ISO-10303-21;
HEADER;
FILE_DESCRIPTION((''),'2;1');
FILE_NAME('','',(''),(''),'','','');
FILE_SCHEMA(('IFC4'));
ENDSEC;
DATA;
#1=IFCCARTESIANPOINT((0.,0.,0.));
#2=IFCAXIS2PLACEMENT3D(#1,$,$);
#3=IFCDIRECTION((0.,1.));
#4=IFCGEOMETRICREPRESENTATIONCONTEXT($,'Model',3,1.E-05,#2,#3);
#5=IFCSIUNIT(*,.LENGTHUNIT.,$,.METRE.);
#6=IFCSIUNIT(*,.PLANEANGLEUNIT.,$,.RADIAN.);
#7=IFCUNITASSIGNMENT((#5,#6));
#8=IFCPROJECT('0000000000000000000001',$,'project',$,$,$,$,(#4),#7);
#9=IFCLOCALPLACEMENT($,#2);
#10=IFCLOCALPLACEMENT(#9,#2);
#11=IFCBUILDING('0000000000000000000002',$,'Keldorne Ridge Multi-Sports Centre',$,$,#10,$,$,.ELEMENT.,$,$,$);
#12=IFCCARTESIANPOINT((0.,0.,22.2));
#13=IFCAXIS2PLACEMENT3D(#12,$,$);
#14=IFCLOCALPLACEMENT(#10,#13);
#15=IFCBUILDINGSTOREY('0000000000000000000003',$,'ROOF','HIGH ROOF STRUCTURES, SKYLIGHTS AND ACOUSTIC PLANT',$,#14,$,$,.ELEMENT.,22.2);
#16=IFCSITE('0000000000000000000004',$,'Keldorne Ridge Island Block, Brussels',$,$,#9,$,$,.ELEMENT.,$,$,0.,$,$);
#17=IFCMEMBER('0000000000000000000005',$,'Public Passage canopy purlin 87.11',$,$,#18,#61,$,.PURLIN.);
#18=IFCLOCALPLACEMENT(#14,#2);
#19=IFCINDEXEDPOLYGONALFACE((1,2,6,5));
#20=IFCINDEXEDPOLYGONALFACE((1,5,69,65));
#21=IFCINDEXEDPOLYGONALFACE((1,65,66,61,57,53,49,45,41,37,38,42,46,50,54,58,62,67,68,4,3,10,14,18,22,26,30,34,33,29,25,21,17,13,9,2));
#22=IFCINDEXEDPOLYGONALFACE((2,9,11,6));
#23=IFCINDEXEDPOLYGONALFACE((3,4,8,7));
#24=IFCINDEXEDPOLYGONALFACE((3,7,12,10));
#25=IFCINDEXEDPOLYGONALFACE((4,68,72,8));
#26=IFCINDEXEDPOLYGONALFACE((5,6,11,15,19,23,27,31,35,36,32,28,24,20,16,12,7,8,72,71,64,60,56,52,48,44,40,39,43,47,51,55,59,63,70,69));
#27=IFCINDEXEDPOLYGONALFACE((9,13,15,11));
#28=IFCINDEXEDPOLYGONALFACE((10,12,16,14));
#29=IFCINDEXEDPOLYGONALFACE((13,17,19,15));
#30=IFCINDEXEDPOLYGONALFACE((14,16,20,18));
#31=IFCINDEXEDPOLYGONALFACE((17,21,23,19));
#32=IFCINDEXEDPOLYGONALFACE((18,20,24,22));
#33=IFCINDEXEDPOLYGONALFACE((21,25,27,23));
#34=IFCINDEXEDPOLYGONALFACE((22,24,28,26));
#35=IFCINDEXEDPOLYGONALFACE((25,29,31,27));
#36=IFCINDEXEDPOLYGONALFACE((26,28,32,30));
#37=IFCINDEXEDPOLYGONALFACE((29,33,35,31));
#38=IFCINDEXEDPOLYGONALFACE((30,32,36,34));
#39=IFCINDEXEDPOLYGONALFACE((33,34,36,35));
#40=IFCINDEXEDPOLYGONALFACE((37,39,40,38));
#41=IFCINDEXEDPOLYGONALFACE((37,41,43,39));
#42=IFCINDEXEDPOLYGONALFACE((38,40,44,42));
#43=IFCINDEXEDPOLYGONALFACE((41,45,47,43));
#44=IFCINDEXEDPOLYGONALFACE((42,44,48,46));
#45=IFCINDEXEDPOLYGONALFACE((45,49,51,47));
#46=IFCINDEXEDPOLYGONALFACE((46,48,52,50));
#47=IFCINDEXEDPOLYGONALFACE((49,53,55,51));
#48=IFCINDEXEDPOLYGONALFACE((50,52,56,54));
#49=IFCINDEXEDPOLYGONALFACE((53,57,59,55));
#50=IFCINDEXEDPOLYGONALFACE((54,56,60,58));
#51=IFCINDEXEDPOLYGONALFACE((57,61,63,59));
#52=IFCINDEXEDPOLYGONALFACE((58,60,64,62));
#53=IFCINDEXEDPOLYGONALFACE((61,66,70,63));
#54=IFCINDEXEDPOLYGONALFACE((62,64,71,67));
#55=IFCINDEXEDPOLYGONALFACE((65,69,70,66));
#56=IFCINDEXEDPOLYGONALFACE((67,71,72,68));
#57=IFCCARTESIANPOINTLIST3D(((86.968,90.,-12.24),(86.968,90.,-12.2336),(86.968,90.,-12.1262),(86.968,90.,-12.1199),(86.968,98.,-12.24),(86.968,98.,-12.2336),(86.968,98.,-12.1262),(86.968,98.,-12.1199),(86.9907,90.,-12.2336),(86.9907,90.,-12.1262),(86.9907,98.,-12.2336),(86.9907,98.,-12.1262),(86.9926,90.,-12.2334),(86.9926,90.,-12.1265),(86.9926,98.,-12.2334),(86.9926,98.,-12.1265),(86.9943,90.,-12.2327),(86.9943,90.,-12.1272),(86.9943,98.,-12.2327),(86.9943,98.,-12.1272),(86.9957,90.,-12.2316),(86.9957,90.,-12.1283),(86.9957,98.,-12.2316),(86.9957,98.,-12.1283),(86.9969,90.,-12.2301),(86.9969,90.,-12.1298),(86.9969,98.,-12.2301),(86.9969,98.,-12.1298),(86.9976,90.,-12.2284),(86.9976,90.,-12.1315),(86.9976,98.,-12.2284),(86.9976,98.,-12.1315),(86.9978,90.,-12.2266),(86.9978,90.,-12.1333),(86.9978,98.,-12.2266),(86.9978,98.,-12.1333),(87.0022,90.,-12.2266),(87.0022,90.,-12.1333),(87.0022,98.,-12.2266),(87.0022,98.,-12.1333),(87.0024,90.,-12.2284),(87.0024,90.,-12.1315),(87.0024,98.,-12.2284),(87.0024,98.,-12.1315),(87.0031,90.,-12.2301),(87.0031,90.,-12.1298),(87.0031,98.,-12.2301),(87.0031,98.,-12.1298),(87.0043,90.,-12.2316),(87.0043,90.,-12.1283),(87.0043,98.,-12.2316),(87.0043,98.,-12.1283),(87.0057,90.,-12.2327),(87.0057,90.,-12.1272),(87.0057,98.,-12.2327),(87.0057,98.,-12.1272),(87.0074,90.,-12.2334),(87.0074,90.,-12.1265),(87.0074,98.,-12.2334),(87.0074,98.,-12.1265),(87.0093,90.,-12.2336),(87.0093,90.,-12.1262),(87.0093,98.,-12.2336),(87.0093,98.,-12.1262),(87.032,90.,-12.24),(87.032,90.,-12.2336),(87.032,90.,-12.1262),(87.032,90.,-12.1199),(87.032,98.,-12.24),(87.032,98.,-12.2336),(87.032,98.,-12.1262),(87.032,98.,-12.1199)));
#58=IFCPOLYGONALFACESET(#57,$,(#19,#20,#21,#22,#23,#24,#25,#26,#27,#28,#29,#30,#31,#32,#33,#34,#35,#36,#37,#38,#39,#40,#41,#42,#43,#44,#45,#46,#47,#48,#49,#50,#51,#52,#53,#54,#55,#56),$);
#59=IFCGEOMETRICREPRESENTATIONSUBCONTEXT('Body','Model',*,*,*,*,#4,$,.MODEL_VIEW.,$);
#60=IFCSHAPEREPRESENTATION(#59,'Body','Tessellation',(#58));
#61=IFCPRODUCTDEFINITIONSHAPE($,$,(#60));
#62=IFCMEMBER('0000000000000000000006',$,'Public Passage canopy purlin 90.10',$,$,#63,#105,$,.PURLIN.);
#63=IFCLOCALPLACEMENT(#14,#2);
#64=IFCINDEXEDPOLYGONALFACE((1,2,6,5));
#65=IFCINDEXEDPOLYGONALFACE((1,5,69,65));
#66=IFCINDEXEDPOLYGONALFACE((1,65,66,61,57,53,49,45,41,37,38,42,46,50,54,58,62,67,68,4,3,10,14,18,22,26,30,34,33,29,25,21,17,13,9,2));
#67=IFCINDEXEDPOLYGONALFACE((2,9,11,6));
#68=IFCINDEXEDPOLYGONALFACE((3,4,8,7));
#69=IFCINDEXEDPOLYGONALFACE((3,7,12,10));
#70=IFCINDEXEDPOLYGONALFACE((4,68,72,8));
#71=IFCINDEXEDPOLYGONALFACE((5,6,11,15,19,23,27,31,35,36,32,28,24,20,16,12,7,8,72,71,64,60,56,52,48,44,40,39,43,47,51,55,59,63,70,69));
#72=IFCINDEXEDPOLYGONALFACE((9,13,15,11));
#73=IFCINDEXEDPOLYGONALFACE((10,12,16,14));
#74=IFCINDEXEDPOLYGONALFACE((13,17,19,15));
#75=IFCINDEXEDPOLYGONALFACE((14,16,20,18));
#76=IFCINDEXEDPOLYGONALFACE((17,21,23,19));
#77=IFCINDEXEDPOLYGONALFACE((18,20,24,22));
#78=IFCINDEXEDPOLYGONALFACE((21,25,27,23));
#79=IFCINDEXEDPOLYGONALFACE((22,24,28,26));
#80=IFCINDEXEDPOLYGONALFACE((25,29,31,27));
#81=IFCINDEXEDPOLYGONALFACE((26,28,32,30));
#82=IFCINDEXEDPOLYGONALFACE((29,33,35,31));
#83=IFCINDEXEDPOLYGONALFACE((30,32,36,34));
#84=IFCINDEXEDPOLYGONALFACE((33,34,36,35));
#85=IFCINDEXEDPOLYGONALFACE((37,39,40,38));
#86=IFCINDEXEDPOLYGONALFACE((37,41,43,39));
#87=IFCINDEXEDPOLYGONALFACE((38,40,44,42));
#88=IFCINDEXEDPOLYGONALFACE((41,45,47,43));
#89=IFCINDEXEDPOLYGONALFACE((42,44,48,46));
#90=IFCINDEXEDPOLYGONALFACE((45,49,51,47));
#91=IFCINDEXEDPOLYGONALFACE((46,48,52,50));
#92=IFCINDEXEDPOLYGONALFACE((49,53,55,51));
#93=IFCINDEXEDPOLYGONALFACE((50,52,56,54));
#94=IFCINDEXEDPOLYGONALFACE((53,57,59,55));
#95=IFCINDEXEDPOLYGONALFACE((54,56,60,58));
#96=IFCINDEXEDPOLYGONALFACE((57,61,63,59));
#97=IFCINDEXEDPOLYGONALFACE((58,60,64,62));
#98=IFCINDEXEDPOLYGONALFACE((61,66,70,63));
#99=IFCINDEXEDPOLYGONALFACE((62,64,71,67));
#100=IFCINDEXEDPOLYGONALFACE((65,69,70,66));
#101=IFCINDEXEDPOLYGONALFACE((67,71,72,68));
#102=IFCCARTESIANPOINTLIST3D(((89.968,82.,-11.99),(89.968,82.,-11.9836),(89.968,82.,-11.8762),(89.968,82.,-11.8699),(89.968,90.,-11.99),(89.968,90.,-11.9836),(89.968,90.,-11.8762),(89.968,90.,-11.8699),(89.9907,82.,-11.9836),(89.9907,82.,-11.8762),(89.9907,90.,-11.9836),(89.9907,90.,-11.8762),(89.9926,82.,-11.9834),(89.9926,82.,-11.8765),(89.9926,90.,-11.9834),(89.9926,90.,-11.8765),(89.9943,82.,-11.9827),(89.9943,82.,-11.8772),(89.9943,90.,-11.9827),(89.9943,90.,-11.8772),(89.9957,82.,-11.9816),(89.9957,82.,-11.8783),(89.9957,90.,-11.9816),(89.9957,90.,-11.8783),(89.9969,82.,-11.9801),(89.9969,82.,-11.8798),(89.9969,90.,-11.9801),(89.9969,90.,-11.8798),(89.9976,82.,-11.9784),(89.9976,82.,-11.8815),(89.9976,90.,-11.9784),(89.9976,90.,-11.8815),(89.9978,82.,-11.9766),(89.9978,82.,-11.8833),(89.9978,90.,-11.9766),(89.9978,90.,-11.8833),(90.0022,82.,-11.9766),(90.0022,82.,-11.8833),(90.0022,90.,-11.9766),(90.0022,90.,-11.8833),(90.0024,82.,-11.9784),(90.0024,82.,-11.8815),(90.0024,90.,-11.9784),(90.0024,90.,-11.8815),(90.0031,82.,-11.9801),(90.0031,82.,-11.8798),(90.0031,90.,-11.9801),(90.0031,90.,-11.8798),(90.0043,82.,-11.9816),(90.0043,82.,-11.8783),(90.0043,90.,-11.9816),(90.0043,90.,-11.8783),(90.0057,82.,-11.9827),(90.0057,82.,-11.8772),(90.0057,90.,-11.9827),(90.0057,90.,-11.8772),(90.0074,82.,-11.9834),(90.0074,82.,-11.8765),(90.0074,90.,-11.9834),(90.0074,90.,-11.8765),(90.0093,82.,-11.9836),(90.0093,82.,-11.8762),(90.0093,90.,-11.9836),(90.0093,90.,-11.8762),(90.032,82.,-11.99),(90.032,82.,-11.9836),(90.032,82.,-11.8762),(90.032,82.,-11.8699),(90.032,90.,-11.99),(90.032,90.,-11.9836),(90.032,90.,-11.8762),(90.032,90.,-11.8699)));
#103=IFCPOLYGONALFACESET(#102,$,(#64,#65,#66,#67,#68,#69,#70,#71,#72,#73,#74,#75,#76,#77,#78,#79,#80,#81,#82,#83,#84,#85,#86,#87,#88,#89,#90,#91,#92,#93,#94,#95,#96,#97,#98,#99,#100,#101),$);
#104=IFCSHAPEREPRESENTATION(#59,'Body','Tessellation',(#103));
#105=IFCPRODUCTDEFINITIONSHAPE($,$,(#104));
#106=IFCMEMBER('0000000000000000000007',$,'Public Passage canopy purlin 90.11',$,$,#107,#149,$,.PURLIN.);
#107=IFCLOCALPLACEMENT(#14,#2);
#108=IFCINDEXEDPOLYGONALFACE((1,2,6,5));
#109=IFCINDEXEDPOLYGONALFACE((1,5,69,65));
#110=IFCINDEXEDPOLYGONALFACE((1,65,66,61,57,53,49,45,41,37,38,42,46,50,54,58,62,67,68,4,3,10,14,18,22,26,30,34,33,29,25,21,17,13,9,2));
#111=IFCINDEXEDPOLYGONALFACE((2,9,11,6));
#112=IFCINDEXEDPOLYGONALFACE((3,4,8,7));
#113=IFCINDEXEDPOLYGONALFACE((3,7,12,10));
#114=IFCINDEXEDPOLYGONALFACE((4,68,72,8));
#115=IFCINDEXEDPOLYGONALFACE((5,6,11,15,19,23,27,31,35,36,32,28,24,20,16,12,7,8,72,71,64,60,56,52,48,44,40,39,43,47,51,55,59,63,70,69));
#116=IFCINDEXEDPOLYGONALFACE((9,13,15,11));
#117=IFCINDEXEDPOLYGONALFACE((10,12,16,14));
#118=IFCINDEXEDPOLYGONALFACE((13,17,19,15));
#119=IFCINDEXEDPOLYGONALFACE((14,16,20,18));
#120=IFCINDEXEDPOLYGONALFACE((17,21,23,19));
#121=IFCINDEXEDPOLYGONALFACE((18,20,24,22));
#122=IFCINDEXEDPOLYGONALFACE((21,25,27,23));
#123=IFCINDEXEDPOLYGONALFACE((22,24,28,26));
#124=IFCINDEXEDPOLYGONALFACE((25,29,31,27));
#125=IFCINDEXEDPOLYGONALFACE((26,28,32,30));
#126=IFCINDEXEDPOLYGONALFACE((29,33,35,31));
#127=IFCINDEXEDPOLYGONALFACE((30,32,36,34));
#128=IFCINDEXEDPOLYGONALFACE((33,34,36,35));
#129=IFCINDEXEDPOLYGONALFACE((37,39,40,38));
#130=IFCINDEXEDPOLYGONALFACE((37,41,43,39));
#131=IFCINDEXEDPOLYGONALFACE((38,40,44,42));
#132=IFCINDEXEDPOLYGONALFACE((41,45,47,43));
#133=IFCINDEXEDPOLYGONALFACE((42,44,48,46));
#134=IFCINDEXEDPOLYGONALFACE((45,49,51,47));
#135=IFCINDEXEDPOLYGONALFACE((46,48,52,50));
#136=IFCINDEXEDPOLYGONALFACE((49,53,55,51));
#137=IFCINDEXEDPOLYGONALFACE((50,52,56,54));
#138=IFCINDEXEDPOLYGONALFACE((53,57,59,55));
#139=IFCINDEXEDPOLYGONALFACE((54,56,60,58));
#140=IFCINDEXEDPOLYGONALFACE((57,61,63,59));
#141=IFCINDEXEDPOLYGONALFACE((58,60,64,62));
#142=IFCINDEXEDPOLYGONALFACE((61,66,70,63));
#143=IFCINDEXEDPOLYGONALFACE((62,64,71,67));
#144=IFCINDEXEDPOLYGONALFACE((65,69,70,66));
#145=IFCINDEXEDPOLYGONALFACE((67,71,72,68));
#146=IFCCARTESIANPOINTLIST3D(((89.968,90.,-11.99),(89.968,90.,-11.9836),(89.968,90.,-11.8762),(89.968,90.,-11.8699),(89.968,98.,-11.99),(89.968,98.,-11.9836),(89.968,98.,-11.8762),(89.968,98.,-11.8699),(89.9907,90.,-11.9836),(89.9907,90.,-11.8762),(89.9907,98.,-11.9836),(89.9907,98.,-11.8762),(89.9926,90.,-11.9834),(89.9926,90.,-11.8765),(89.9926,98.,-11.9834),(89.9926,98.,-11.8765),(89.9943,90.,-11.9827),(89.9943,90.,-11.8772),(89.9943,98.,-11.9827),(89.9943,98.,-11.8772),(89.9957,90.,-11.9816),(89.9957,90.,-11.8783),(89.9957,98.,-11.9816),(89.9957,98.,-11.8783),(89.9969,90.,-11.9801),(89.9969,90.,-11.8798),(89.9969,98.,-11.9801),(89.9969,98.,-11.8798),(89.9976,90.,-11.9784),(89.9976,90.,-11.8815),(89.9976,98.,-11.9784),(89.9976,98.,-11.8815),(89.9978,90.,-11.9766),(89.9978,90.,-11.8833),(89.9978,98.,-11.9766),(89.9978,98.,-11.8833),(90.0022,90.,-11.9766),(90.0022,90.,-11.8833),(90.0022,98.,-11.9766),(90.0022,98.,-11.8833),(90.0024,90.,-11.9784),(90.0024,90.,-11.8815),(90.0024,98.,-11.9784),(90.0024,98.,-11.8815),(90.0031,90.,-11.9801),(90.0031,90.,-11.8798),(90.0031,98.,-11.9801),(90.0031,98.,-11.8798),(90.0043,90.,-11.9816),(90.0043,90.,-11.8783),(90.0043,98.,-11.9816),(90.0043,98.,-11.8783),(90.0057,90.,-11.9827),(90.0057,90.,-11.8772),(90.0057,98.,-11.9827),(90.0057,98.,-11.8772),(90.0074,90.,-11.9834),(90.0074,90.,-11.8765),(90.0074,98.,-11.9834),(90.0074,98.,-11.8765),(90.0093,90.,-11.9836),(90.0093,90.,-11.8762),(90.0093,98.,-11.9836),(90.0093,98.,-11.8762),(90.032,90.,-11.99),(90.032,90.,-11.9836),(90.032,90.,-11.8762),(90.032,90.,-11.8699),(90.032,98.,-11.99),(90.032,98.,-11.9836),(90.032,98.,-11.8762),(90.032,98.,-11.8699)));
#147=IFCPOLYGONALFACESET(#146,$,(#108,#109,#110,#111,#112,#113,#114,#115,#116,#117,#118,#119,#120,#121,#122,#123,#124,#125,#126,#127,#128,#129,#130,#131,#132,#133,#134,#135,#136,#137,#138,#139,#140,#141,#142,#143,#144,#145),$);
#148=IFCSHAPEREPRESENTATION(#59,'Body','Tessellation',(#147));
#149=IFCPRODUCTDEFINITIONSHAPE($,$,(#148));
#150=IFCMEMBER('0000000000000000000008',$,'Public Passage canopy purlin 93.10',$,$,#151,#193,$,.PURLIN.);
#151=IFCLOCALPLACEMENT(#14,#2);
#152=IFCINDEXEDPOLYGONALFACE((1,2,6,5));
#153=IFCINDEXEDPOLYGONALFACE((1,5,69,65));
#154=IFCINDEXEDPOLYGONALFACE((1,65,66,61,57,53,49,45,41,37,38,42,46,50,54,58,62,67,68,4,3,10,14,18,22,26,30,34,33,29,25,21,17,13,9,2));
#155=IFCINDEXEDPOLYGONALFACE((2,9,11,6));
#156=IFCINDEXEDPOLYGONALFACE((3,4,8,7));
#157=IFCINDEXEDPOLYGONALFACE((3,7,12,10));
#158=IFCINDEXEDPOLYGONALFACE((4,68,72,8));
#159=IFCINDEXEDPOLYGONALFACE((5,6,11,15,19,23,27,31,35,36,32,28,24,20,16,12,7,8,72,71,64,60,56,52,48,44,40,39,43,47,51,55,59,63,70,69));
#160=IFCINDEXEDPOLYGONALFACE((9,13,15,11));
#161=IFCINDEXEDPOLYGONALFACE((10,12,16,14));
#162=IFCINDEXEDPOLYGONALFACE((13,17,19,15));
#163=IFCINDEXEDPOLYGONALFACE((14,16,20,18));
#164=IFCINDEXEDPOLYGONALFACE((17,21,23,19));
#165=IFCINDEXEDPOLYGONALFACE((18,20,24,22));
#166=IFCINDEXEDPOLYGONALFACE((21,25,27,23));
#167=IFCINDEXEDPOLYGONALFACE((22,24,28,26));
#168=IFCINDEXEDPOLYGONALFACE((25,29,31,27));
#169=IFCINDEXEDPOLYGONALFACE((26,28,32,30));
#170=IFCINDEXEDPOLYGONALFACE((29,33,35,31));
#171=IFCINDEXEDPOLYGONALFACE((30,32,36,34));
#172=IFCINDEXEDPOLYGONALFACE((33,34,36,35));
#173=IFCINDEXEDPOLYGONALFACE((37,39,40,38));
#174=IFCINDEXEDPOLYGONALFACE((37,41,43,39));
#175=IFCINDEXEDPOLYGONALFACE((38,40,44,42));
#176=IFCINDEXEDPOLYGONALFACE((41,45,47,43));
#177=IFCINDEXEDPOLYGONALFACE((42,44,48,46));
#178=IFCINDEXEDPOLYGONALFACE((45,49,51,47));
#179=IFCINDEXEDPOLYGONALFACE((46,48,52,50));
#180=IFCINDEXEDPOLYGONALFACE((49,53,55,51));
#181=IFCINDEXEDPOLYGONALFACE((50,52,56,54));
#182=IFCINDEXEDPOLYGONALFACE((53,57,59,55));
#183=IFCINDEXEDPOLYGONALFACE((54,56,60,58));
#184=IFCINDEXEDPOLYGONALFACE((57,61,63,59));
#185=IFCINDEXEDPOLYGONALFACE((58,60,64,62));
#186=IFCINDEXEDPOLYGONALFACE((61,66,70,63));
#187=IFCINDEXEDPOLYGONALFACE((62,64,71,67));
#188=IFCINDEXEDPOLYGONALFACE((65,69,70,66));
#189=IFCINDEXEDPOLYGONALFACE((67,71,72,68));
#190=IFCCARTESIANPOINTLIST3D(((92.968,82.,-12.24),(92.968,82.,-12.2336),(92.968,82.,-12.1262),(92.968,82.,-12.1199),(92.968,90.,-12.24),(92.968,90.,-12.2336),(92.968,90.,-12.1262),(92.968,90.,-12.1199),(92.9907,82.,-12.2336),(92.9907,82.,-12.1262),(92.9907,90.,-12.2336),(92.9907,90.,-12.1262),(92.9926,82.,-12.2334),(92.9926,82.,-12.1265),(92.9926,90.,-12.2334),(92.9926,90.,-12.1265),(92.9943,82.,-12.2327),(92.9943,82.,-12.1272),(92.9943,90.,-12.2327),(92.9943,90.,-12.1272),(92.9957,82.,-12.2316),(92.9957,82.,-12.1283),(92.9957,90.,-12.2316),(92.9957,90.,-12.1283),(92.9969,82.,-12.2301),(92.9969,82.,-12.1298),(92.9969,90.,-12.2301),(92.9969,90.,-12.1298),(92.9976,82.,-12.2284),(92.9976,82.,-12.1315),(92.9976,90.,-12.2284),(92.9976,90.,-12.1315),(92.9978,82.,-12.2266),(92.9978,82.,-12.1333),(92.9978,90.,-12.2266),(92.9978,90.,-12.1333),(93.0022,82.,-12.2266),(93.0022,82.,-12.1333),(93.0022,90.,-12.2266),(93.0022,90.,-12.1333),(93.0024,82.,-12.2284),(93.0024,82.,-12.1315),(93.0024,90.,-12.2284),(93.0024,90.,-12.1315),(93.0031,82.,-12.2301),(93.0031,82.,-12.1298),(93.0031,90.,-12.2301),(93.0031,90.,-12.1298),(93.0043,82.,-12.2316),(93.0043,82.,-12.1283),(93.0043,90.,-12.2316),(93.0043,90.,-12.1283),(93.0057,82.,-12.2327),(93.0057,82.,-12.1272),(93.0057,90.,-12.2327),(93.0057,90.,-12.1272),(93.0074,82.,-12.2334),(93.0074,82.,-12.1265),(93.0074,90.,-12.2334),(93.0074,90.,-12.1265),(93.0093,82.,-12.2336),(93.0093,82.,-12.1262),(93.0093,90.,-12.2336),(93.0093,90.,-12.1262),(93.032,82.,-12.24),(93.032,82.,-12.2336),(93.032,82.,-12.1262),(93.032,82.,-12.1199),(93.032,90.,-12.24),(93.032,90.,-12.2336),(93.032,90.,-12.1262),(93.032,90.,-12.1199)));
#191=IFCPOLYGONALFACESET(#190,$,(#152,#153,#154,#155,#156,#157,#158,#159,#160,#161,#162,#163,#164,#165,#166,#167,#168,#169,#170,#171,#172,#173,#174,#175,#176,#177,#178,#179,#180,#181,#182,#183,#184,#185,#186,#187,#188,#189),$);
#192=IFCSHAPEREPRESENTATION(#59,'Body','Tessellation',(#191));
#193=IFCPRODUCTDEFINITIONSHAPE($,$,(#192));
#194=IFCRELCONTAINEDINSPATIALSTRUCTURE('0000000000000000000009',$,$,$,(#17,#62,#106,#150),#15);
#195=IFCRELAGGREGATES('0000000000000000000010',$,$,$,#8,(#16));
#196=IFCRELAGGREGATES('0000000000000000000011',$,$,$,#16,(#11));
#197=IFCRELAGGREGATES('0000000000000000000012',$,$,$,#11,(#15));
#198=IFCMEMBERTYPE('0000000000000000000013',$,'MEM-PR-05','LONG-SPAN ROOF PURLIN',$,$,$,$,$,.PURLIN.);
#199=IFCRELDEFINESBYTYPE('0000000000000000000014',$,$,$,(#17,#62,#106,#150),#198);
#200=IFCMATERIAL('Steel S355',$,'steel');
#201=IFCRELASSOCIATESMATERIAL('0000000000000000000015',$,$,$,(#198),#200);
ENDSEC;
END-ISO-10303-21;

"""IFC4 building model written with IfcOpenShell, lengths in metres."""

from ifc_helpers import new_model, si_unit, direction, frame, origin, origin_2d, place, context, subcontext, project, spatial, i_section, extrude, material, material_profile, profile_set, type_object, element, save


model = new_model("IFC4")

# Units and contexts
model_context = context("Model", 3, precision=1e-05, world=origin(), true_north=direction((0.0, 1.0)))
body_context = subcontext(model_context, "Body", "Model", "MODEL_VIEW")
ifc_project = project(units=[si_unit("LENGTHUNIT", "METRE"), si_unit("PLANEANGLEUNIT", "RADIAN")], contexts=[model_context])

# Site, building, storey
site_placement = place(None, origin())
site = spatial("IfcSite", under=ifc_project, at=site_placement, Name="Keldorne Ridge Island Block, Brussels", CompositionType="ELEMENT", RefElevation=0.0)
building_placement = place(site_placement, origin())
building = spatial("IfcBuilding", under=site, at=building_placement, Name="Keldorne Ridge Multi-Sports Centre", CompositionType="ELEMENT")
storey_placement = place(building_placement, frame((0.0, 0.0, 22.2)))
storey = spatial("IfcBuildingStorey", under=building, at=storey_placement, Name="ROOF", Description="HIGH ROOF STRUCTURES, SKYLIGHTS AND ACOUSTIC PLANT", CompositionType="ELEMENT", Elevation=22.2)

# Members
ifc_material = material(Name="Steel S355", Category="steel")
ifc_material_profile_1 = material_profile(ifc_material, i_section(OverallWidth=0.064, OverallDepth=0.1201, WebThickness=0.0044, FlangeThickness=0.0063, FilletRadius=0.0071, at=origin_2d()), Name="IPE 120")
ifc_profile_set_1 = profile_set([ifc_material_profile_1], Name="Steel S355")
member_type_1 = type_object("IfcMemberType", Name="MEM-PR-05", Description="LONG-SPAN ROOF PURLIN", PredefinedType="PURLIN", material=ifc_profile_set_1)
for number, where, z_axis, x_axis, name in (
    (1, (87.0, 90.0, -12.1799), (0.0, 1.0, 0.0), (-1.0, 0.0, 0.0), "Public Passage canopy purlin 87.11"),
    (2, (90.0, 82.0, -11.9299), (0.0, 1.0, 0.0), (-1.0, 0.0, 0.0), "Public Passage canopy purlin 90.10"),
    (3, (90.0, 90.0, -11.9299), (0.0, 1.0, 0.0), (-1.0, 0.0, 0.0), "Public Passage canopy purlin 90.11"),
    (4, (93.0, 82.0, -12.1799), (0.0, 1.0, 0.0), (-1.0, 0.0, 0.0), "Public Passage canopy purlin 93.10"),
):
    element("IfcMember", number, at=place(storey_placement, frame(where, z_axis=z_axis, x_axis=x_axis)), inside=storey, type_object=member_type_1, Name=name, PredefinedType="PURLIN", context=body_context, shape_type="SweptSolid", body=[
        extrude(i_section(OverallWidth=0.064, OverallDepth=0.1201, WebThickness=0.0044, FlangeThickness=0.0063, FilletRadius=0.0071, at=origin_2d()), origin(), (0.0, 0.0, 1.0), 8.0),
    ])

save(model, "model.ifc")
